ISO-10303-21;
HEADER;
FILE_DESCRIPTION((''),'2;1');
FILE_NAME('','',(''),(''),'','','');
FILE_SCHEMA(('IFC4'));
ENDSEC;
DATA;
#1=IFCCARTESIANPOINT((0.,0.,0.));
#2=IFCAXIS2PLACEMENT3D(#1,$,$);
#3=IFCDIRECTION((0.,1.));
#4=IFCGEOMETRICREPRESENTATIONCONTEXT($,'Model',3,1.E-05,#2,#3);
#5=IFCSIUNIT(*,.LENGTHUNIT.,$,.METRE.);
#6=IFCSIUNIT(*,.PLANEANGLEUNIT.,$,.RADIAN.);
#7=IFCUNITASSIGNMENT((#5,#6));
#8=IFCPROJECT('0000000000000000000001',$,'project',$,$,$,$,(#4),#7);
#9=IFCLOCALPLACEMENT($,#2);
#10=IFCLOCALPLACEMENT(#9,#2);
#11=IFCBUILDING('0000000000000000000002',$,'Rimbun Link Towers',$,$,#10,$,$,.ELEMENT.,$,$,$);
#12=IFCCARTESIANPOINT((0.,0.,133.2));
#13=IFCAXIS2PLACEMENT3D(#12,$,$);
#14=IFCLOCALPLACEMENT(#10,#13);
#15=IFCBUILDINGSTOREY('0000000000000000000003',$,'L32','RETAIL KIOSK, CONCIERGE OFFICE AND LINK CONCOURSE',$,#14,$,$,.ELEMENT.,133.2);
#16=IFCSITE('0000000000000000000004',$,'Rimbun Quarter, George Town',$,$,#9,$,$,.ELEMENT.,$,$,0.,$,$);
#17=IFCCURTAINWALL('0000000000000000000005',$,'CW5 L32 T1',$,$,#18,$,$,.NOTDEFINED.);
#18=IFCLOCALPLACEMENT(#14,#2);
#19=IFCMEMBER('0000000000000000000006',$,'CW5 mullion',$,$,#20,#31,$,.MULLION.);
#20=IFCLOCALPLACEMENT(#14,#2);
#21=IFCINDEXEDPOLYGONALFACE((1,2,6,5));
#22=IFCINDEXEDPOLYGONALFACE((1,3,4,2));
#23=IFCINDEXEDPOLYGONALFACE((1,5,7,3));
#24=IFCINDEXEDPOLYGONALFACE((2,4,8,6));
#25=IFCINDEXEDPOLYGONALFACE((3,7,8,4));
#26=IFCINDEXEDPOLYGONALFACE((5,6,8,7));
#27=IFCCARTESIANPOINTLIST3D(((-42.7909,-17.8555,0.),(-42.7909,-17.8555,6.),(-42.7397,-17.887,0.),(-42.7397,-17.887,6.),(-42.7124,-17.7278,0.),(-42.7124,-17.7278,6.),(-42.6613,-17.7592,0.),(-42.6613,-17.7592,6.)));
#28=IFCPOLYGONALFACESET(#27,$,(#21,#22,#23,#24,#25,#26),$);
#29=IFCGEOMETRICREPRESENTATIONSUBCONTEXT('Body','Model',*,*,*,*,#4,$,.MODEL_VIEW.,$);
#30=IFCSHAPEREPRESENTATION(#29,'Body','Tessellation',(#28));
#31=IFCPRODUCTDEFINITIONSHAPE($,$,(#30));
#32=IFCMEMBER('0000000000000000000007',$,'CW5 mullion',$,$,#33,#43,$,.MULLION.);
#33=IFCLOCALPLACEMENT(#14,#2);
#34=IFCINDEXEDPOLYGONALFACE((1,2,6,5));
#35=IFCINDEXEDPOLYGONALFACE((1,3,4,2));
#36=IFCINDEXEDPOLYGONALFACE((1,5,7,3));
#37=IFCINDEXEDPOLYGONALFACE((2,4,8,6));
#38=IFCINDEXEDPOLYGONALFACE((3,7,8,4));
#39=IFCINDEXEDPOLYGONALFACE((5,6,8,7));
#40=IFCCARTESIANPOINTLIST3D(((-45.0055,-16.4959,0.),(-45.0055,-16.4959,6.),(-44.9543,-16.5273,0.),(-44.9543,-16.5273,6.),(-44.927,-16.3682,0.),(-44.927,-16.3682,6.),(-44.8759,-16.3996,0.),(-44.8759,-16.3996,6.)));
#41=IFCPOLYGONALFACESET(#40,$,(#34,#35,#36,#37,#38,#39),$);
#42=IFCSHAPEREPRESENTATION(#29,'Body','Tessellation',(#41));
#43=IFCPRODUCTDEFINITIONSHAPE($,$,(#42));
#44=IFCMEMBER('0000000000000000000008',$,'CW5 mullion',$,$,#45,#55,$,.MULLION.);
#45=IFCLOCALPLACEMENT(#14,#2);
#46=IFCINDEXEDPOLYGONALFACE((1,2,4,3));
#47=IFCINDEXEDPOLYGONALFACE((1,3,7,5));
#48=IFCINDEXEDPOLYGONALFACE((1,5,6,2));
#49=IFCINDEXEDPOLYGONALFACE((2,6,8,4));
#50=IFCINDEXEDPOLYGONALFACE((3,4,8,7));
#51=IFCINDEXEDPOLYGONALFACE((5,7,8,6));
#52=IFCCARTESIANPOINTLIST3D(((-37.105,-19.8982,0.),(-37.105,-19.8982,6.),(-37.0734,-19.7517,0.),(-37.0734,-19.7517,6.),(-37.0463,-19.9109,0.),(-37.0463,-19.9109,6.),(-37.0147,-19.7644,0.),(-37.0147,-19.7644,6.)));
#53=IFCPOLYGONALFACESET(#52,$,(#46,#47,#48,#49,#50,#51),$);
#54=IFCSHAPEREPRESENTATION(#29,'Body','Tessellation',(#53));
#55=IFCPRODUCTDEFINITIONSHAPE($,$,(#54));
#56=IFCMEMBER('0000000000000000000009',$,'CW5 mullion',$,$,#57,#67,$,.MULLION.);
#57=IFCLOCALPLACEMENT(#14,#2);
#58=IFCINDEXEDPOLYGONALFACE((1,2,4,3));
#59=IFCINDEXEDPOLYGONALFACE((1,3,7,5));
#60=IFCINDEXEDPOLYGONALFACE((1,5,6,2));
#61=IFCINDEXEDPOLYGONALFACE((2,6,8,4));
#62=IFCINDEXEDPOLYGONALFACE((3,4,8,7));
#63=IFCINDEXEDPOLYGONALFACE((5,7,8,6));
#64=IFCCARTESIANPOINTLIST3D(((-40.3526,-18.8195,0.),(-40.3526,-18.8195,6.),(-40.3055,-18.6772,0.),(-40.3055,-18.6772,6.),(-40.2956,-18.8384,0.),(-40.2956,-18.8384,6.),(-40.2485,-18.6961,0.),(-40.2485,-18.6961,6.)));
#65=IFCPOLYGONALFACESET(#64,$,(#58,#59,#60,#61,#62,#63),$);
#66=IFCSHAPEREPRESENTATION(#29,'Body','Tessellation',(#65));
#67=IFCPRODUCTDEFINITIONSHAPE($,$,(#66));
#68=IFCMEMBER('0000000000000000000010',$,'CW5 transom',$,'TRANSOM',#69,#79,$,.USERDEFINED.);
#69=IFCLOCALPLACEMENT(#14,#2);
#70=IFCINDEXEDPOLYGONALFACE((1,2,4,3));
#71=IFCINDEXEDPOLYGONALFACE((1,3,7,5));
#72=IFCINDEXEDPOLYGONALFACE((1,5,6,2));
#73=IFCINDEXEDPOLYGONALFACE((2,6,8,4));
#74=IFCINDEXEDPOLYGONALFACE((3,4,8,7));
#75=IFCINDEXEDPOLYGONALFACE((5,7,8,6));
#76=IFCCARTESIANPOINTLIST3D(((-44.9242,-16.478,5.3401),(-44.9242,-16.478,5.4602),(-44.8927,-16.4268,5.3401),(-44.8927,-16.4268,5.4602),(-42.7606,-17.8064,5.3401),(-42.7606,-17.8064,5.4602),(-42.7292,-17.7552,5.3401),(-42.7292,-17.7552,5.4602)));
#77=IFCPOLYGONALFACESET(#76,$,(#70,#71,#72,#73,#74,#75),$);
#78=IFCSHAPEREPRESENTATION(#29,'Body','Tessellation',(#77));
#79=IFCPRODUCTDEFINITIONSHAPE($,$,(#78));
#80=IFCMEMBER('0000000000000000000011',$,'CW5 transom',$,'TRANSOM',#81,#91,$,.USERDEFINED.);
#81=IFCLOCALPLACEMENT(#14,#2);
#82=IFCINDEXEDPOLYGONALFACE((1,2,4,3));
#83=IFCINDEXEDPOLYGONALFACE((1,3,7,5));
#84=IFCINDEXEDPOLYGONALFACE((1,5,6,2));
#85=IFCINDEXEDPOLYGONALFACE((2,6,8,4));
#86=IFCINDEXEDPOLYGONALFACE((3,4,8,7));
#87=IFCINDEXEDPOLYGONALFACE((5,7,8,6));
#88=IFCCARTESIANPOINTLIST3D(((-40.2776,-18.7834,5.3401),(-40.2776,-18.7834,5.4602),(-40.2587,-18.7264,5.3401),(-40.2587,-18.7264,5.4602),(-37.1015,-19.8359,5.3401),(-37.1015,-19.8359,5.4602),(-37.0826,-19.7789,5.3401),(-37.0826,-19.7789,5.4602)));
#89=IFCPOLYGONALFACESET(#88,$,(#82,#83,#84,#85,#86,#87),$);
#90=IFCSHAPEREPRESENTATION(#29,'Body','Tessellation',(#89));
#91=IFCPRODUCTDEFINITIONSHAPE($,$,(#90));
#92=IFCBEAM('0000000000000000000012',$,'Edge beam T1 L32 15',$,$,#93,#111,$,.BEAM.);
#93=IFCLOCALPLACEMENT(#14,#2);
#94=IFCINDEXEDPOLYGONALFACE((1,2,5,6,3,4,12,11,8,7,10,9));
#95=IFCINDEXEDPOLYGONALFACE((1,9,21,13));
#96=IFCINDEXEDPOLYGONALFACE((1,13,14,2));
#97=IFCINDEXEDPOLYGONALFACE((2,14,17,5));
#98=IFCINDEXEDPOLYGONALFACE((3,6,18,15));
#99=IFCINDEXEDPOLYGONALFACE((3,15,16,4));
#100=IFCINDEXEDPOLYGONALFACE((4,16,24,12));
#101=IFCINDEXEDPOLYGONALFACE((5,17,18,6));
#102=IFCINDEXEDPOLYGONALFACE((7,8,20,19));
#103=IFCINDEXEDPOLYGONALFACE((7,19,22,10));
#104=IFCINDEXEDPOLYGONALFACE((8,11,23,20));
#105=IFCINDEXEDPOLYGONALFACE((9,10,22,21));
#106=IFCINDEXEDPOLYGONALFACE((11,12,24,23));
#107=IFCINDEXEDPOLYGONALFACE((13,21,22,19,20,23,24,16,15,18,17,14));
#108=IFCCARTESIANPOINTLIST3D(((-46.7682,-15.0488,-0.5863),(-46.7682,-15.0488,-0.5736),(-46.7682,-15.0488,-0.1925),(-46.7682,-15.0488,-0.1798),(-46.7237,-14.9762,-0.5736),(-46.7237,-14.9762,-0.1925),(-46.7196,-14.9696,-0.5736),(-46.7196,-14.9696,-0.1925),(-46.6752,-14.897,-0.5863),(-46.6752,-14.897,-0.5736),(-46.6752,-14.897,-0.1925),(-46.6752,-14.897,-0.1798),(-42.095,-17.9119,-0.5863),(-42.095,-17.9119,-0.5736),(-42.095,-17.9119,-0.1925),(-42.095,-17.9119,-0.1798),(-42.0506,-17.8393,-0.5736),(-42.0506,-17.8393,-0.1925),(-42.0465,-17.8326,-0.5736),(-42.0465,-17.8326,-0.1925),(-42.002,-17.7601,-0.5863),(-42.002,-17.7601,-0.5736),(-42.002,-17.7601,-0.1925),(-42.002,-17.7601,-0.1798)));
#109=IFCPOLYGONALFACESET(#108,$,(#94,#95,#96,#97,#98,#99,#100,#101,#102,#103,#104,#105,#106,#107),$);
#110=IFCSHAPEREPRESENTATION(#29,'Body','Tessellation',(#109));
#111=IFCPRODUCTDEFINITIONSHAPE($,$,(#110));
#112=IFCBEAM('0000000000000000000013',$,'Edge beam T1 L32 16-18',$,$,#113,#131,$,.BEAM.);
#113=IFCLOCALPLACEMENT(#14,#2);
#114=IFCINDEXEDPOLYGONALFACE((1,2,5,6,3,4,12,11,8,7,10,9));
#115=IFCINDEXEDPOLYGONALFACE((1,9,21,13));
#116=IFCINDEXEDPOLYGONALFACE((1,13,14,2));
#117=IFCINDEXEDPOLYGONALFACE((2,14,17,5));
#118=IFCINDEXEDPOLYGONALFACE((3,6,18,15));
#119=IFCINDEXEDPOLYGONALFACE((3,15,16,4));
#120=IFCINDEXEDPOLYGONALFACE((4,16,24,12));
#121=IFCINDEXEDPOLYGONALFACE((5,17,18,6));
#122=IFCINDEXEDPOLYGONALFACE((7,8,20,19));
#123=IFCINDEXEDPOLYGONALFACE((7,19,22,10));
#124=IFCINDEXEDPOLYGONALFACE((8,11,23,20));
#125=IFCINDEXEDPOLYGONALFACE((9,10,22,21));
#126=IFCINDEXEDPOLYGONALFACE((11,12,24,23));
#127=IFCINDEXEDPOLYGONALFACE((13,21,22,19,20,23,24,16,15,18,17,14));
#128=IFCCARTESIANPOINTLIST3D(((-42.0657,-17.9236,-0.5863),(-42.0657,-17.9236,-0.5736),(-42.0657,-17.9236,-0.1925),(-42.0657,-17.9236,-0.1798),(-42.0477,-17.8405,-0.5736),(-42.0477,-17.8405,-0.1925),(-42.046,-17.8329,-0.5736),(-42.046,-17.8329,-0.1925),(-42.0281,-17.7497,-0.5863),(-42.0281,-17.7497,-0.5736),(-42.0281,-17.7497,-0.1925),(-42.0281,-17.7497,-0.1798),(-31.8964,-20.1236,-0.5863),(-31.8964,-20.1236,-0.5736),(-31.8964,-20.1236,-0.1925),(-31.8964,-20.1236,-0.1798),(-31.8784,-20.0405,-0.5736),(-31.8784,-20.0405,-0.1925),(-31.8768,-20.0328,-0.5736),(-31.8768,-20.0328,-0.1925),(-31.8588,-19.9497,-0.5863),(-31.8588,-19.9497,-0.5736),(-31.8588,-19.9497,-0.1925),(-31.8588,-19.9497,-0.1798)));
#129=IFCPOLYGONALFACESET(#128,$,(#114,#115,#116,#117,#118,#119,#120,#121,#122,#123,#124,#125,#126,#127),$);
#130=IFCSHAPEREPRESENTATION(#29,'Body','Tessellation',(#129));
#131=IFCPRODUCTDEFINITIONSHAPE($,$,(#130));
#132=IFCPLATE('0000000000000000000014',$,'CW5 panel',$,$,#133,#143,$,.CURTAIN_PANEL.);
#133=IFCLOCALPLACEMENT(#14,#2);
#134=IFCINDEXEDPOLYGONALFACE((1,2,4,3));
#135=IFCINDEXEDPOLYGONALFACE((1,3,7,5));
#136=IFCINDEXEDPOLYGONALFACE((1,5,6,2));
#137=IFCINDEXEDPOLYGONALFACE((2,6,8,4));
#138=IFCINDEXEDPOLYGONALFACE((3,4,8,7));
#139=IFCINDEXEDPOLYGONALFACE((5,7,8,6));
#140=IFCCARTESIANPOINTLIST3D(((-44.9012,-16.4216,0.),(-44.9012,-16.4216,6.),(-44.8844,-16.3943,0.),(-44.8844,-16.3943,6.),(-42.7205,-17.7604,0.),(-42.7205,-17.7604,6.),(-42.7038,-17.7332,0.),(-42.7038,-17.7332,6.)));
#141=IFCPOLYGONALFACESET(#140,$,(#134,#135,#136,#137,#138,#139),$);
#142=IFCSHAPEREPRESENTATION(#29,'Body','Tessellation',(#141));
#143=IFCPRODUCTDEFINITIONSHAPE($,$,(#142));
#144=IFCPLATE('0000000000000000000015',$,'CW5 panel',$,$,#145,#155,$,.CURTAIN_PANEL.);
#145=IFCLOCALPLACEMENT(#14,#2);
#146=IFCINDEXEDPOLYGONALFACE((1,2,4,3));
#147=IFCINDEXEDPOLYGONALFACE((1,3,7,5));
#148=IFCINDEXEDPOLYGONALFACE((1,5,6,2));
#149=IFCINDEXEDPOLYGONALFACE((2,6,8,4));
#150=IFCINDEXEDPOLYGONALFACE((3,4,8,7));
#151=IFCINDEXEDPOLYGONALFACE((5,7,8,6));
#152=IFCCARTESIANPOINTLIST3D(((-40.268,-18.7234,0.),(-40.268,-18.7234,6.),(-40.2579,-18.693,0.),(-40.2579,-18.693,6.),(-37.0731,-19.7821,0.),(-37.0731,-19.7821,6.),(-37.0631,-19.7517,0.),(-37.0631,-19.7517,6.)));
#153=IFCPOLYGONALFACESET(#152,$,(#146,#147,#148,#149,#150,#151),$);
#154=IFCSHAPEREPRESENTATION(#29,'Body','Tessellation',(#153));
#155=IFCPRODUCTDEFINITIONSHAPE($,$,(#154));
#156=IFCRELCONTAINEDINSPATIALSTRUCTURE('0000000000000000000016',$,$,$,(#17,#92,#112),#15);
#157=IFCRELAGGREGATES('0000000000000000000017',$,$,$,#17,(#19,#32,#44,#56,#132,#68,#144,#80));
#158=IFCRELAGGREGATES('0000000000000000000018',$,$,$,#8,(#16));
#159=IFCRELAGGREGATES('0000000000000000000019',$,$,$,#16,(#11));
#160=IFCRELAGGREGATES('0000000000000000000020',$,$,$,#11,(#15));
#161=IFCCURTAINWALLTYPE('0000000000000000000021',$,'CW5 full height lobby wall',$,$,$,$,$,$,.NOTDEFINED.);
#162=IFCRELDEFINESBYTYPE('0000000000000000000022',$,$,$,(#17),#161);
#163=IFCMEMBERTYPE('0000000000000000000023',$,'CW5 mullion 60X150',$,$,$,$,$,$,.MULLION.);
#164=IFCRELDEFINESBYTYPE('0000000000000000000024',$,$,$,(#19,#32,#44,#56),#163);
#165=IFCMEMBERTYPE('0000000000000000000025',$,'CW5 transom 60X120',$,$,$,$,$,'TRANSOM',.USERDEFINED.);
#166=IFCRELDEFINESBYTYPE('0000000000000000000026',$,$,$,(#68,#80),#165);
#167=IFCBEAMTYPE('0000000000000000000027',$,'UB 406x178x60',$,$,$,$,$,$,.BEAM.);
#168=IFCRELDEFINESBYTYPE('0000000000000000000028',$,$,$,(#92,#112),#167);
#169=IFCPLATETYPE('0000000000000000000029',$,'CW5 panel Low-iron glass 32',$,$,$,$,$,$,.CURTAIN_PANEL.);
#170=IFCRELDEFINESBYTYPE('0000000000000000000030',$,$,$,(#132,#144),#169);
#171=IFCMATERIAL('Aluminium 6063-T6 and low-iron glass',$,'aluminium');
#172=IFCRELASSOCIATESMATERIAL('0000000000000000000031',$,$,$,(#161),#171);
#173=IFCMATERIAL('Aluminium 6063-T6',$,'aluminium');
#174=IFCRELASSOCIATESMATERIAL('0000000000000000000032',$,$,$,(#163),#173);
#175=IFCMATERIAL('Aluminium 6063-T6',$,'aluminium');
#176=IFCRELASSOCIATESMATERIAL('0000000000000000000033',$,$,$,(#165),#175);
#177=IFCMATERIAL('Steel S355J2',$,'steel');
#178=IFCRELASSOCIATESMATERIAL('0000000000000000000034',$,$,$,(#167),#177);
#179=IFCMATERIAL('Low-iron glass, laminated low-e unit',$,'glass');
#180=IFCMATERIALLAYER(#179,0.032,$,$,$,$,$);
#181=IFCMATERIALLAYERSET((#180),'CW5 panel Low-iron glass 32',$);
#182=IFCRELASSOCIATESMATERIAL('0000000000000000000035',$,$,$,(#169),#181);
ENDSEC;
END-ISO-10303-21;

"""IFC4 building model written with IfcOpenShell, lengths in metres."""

from ifc_helpers import new_model, si_unit, direction, frame, origin, origin_2d, place, context, subcontext, project, spatial, rectangle, i_section, extrude, material, layer, layer_set, material_profile, profile_set, type_object, element, aggregate, save


model = new_model("IFC4")

# Units and contexts
model_context = context("Model", 3, precision=1e-05, world=origin(), true_north=direction((0.0, 1.0)))
body_context = subcontext(model_context, "Body", "Model", "MODEL_VIEW")
ifc_project = project(units=[si_unit("LENGTHUNIT", "METRE"), si_unit("PLANEANGLEUNIT", "RADIAN")], contexts=[model_context])

# Site, building, storey
site_placement = place(None, origin())
site = spatial("IfcSite", under=ifc_project, at=site_placement, Name="Rimbun Quarter, George Town", CompositionType="ELEMENT", RefElevation=0.0)
building_placement = place(site_placement, origin())
building = spatial("IfcBuilding", under=site, at=building_placement, Name="Rimbun Link Towers", CompositionType="ELEMENT")
storey_placement = place(building_placement, frame((0.0, 0.0, 133.2)))
storey = spatial("IfcBuildingStorey", under=building, at=storey_placement, Name="L32", Description="RETAIL KIOSK, CONCIERGE OFFICE AND LINK CONCOURSE", CompositionType="ELEMENT", Elevation=133.2)

# Curtain wall, members
ifc_material_1 = material(Name="Aluminium 6063-T6 and low-iron glass", Category="aluminium")
curtain_wall_type = type_object("IfcCurtainWallType", Name="CW5 full height lobby wall", PredefinedType="NOTDEFINED", material=ifc_material_1)
curtain_wall_placement = place(storey_placement, origin())
curtain_wall = element("IfcCurtainWall", 1, at=curtain_wall_placement, inside=storey, type_object=curtain_wall_type, Name="CW5 L32 T1", PredefinedType="NOTDEFINED")
ifc_material_2 = material(Name="Aluminium 6063-T6", Category="aluminium")
ifc_material_profile_1 = material_profile(ifc_material_2, rectangle(XDim=0.1499, YDim=0.0601, at=origin_2d()), Name="MULLION 60X150")
ifc_profile_set_1 = profile_set([ifc_material_profile_1], Name="Aluminium 6063-T6")
member_type_1 = type_object("IfcMemberType", Name="CW5 mullion 60X150", PredefinedType="MULLION", material=ifc_profile_set_1)
member_1_placement = place(storey_placement, frame((-42.7261, -17.8074, 0.0), z_axis=(0.0, 0.0, 1.0), x_axis=(-0.523225, -0.852194, 0.0)))
member_1 = element("IfcMember", 2, at=member_1_placement, type_object=member_type_1, Name="CW5 mullion", PredefinedType="MULLION", context=body_context, shape_type="SweptSolid", body=[
    extrude(rectangle(XDim=0.1499, YDim=0.0601, at=origin_2d()), origin(), (0.0, 0.0, 1.0), 6.0),
])
member_2_placement = place(storey_placement, frame((-44.9407, -16.4478, 0.0), z_axis=(0.0, 0.0, 1.0), x_axis=(-0.523225, -0.852194, 0.0)))
member_2 = element("IfcMember", 3, at=member_2_placement, type_object=member_type_1, Name="CW5 mullion", PredefinedType="MULLION", context=body_context, shape_type="SweptSolid", body=[
    extrude(rectangle(XDim=0.1499, YDim=0.0601, at=origin_2d()), origin(), (0.0, 0.0, 1.0), 6.0),
])
member_3_placement = place(storey_placement, frame((-37.0598, -19.8313, 0.0), z_axis=(0.0, 0.0, 1.0), x_axis=(-0.210875, -0.977513, 0.0)))
member_3 = element("IfcMember", 4, at=member_3_placement, type_object=member_type_1, Name="CW5 mullion", PredefinedType="MULLION", context=body_context, shape_type="SweptSolid", body=[
    extrude(rectangle(XDim=0.1499, YDim=0.0601, at=origin_2d()), origin(), (0.0, 0.0, 1.0), 6.0),
])
member_4_placement = place(storey_placement, frame((-40.3005, -18.7578, 0.0), z_axis=(0.0, 0.0, 1.0), x_axis=(-0.314568, -0.949235, 0.0)))
member_4 = element("IfcMember", 5, at=member_4_placement, type_object=member_type_1, Name="CW5 mullion", PredefinedType="MULLION", context=body_context, shape_type="SweptSolid", body=[
    extrude(rectangle(XDim=0.1499, YDim=0.0601, at=origin_2d()), origin(), (0.0, 0.0, 1.0), 6.0),
])
ifc_material_3 = material(Name="Aluminium 6063-T6", Category="aluminium")
ifc_material_profile_2 = material_profile(ifc_material_3, rectangle(XDim=0.0601, YDim=0.1201, at=origin_2d()), Name="TRANSOM 60X120")
ifc_profile_set_2 = profile_set([ifc_material_profile_2], Name="Aluminium 6063-T6")
member_type_2 = type_object("IfcMemberType", Name="CW5 transom 60X120", ElementType="TRANSOM", PredefinedType="USERDEFINED", material=ifc_profile_set_2)
member_5_placement = place(storey_placement, frame((-42.7449, -17.7808, 5.4001), z_axis=(-0.852196, 0.523223, 0.0), x_axis=(-0.523223, -0.852196, 0.0)))
member_5 = element("IfcMember", 6, at=member_5_placement, type_object=member_type_2, Name="CW5 transom", ObjectType="TRANSOM", PredefinedType="USERDEFINED", context=body_context, shape_type="SweptSolid", body=[
    extrude(rectangle(XDim=0.0601, YDim=0.1201, at=origin_2d()), origin(), (0.0, 0.0, 1.0), 2.5388),
])
member_6_placement = place(storey_placement, frame((-37.092, -19.8074, 5.4001), z_axis=(-0.949236, 0.314564, 0.0), x_axis=(-0.314564, -0.949236, 0.0)))
member_6 = element("IfcMember", 7, at=member_6_placement, type_object=member_type_2, Name="CW5 transom", ObjectType="TRANSOM", PredefinedType="USERDEFINED", context=body_context, shape_type="SweptSolid", body=[
    extrude(rectangle(XDim=0.0601, YDim=0.1201, at=origin_2d()), origin(), (0.0, 0.0, 1.0), 3.3459),
])

# Beams
ifc_material_4 = material(Name="Steel S355J2", Category="steel")
ifc_material_profile_3 = material_profile(ifc_material_4, i_section(OverallWidth=0.178, OverallDepth=0.4065, WebThickness=0.0078, FlangeThickness=0.0127, at=origin_2d()), Name="UB 406x178x60")
ifc_profile_set_3 = profile_set([ifc_material_profile_3], Name="Steel S355J2")
beam_type = type_object("IfcBeamType", Name="UB 406x178x60", PredefinedType="BEAM", material=ifc_profile_set_3)
beam_1_placement = place(storey_placement, frame((-46.7217, -14.9729, -0.3831), z_axis=(0.852692, -0.522414, 0.0), x_axis=(0.522414, 0.852692, 0.0)))
element("IfcBeam", 8, at=beam_1_placement, inside=storey, type_object=beam_type, Name="Edge beam T1 L32 15", PredefinedType="BEAM", context=body_context, shape_type="SweptSolid", body=[
    extrude(i_section(OverallWidth=0.178, OverallDepth=0.4065, WebThickness=0.0078, FlangeThickness=0.0127, at=origin_2d()), origin(), (0.0, 0.0, 1.0), 5.4805),
])
beam_2_placement = place(storey_placement, frame((-42.0469, -17.8367, -0.3831), z_axis=(0.97739, -0.211444, 0.0), x_axis=(0.211444, 0.97739, 0.0)))
element("IfcBeam", 9, at=beam_2_placement, inside=storey, type_object=beam_type, Name="Edge beam T1 L32 16-18", PredefinedType="BEAM", context=body_context, shape_type="SweptSolid", body=[
    extrude(i_section(OverallWidth=0.178, OverallDepth=0.4065, WebThickness=0.0078, FlangeThickness=0.0127, at=origin_2d()), origin(), (0.0, 0.0, 1.0), 10.4045),
])

# Plates
ifc_material_5 = material(Name="Low-iron glass, laminated low-e unit", Category="glass")
ifc_layer_1 = layer(ifc_material_5, 0.032)
ifc_layer_set_1 = layer_set([ifc_layer_1], Name="CW5 panel Low-iron glass 32")
plate_type = type_object("IfcPlateType", Name="CW5 panel Low-iron glass 32", PredefinedType="CURTAIN_PANEL", material=ifc_layer_set_1)
plate_1_placement = place(storey_placement, frame((-43.8025, -17.0774, 0.0), z_axis=(0.0, 0.0, 1.0), x_axis=(-0.852194, 0.523225, 0.0)))
plate_1 = element("IfcPlate", 10, at=plate_1_placement, type_object=plate_type, Name="CW5 panel", PredefinedType="CURTAIN_PANEL", context=body_context, shape_type="SweptSolid", body=[
    extrude(rectangle(XDim=2.5588, YDim=0.032, at=origin_2d()), origin(), (0.0, 0.0, 1.0), 6.0),
])
plate_2_placement = place(storey_placement, frame((-38.6655, -19.2375, 0.0), z_axis=(0.0, 0.0, 1.0), x_axis=(-0.949235, 0.314568, 0.0)))
plate_2 = element("IfcPlate", 11, at=plate_2_placement, type_object=plate_type, Name="CW5 panel", PredefinedType="CURTAIN_PANEL", context=body_context, shape_type="SweptSolid", body=[
    extrude(rectangle(XDim=3.3657, YDim=0.032, at=origin_2d()), origin(), (0.0, 0.0, 1.0), 6.0),
])
aggregate(curtain_wall, [member_1, member_2, member_3, member_4, plate_1, member_5, plate_2, member_6])

save(model, "model.ifc")
